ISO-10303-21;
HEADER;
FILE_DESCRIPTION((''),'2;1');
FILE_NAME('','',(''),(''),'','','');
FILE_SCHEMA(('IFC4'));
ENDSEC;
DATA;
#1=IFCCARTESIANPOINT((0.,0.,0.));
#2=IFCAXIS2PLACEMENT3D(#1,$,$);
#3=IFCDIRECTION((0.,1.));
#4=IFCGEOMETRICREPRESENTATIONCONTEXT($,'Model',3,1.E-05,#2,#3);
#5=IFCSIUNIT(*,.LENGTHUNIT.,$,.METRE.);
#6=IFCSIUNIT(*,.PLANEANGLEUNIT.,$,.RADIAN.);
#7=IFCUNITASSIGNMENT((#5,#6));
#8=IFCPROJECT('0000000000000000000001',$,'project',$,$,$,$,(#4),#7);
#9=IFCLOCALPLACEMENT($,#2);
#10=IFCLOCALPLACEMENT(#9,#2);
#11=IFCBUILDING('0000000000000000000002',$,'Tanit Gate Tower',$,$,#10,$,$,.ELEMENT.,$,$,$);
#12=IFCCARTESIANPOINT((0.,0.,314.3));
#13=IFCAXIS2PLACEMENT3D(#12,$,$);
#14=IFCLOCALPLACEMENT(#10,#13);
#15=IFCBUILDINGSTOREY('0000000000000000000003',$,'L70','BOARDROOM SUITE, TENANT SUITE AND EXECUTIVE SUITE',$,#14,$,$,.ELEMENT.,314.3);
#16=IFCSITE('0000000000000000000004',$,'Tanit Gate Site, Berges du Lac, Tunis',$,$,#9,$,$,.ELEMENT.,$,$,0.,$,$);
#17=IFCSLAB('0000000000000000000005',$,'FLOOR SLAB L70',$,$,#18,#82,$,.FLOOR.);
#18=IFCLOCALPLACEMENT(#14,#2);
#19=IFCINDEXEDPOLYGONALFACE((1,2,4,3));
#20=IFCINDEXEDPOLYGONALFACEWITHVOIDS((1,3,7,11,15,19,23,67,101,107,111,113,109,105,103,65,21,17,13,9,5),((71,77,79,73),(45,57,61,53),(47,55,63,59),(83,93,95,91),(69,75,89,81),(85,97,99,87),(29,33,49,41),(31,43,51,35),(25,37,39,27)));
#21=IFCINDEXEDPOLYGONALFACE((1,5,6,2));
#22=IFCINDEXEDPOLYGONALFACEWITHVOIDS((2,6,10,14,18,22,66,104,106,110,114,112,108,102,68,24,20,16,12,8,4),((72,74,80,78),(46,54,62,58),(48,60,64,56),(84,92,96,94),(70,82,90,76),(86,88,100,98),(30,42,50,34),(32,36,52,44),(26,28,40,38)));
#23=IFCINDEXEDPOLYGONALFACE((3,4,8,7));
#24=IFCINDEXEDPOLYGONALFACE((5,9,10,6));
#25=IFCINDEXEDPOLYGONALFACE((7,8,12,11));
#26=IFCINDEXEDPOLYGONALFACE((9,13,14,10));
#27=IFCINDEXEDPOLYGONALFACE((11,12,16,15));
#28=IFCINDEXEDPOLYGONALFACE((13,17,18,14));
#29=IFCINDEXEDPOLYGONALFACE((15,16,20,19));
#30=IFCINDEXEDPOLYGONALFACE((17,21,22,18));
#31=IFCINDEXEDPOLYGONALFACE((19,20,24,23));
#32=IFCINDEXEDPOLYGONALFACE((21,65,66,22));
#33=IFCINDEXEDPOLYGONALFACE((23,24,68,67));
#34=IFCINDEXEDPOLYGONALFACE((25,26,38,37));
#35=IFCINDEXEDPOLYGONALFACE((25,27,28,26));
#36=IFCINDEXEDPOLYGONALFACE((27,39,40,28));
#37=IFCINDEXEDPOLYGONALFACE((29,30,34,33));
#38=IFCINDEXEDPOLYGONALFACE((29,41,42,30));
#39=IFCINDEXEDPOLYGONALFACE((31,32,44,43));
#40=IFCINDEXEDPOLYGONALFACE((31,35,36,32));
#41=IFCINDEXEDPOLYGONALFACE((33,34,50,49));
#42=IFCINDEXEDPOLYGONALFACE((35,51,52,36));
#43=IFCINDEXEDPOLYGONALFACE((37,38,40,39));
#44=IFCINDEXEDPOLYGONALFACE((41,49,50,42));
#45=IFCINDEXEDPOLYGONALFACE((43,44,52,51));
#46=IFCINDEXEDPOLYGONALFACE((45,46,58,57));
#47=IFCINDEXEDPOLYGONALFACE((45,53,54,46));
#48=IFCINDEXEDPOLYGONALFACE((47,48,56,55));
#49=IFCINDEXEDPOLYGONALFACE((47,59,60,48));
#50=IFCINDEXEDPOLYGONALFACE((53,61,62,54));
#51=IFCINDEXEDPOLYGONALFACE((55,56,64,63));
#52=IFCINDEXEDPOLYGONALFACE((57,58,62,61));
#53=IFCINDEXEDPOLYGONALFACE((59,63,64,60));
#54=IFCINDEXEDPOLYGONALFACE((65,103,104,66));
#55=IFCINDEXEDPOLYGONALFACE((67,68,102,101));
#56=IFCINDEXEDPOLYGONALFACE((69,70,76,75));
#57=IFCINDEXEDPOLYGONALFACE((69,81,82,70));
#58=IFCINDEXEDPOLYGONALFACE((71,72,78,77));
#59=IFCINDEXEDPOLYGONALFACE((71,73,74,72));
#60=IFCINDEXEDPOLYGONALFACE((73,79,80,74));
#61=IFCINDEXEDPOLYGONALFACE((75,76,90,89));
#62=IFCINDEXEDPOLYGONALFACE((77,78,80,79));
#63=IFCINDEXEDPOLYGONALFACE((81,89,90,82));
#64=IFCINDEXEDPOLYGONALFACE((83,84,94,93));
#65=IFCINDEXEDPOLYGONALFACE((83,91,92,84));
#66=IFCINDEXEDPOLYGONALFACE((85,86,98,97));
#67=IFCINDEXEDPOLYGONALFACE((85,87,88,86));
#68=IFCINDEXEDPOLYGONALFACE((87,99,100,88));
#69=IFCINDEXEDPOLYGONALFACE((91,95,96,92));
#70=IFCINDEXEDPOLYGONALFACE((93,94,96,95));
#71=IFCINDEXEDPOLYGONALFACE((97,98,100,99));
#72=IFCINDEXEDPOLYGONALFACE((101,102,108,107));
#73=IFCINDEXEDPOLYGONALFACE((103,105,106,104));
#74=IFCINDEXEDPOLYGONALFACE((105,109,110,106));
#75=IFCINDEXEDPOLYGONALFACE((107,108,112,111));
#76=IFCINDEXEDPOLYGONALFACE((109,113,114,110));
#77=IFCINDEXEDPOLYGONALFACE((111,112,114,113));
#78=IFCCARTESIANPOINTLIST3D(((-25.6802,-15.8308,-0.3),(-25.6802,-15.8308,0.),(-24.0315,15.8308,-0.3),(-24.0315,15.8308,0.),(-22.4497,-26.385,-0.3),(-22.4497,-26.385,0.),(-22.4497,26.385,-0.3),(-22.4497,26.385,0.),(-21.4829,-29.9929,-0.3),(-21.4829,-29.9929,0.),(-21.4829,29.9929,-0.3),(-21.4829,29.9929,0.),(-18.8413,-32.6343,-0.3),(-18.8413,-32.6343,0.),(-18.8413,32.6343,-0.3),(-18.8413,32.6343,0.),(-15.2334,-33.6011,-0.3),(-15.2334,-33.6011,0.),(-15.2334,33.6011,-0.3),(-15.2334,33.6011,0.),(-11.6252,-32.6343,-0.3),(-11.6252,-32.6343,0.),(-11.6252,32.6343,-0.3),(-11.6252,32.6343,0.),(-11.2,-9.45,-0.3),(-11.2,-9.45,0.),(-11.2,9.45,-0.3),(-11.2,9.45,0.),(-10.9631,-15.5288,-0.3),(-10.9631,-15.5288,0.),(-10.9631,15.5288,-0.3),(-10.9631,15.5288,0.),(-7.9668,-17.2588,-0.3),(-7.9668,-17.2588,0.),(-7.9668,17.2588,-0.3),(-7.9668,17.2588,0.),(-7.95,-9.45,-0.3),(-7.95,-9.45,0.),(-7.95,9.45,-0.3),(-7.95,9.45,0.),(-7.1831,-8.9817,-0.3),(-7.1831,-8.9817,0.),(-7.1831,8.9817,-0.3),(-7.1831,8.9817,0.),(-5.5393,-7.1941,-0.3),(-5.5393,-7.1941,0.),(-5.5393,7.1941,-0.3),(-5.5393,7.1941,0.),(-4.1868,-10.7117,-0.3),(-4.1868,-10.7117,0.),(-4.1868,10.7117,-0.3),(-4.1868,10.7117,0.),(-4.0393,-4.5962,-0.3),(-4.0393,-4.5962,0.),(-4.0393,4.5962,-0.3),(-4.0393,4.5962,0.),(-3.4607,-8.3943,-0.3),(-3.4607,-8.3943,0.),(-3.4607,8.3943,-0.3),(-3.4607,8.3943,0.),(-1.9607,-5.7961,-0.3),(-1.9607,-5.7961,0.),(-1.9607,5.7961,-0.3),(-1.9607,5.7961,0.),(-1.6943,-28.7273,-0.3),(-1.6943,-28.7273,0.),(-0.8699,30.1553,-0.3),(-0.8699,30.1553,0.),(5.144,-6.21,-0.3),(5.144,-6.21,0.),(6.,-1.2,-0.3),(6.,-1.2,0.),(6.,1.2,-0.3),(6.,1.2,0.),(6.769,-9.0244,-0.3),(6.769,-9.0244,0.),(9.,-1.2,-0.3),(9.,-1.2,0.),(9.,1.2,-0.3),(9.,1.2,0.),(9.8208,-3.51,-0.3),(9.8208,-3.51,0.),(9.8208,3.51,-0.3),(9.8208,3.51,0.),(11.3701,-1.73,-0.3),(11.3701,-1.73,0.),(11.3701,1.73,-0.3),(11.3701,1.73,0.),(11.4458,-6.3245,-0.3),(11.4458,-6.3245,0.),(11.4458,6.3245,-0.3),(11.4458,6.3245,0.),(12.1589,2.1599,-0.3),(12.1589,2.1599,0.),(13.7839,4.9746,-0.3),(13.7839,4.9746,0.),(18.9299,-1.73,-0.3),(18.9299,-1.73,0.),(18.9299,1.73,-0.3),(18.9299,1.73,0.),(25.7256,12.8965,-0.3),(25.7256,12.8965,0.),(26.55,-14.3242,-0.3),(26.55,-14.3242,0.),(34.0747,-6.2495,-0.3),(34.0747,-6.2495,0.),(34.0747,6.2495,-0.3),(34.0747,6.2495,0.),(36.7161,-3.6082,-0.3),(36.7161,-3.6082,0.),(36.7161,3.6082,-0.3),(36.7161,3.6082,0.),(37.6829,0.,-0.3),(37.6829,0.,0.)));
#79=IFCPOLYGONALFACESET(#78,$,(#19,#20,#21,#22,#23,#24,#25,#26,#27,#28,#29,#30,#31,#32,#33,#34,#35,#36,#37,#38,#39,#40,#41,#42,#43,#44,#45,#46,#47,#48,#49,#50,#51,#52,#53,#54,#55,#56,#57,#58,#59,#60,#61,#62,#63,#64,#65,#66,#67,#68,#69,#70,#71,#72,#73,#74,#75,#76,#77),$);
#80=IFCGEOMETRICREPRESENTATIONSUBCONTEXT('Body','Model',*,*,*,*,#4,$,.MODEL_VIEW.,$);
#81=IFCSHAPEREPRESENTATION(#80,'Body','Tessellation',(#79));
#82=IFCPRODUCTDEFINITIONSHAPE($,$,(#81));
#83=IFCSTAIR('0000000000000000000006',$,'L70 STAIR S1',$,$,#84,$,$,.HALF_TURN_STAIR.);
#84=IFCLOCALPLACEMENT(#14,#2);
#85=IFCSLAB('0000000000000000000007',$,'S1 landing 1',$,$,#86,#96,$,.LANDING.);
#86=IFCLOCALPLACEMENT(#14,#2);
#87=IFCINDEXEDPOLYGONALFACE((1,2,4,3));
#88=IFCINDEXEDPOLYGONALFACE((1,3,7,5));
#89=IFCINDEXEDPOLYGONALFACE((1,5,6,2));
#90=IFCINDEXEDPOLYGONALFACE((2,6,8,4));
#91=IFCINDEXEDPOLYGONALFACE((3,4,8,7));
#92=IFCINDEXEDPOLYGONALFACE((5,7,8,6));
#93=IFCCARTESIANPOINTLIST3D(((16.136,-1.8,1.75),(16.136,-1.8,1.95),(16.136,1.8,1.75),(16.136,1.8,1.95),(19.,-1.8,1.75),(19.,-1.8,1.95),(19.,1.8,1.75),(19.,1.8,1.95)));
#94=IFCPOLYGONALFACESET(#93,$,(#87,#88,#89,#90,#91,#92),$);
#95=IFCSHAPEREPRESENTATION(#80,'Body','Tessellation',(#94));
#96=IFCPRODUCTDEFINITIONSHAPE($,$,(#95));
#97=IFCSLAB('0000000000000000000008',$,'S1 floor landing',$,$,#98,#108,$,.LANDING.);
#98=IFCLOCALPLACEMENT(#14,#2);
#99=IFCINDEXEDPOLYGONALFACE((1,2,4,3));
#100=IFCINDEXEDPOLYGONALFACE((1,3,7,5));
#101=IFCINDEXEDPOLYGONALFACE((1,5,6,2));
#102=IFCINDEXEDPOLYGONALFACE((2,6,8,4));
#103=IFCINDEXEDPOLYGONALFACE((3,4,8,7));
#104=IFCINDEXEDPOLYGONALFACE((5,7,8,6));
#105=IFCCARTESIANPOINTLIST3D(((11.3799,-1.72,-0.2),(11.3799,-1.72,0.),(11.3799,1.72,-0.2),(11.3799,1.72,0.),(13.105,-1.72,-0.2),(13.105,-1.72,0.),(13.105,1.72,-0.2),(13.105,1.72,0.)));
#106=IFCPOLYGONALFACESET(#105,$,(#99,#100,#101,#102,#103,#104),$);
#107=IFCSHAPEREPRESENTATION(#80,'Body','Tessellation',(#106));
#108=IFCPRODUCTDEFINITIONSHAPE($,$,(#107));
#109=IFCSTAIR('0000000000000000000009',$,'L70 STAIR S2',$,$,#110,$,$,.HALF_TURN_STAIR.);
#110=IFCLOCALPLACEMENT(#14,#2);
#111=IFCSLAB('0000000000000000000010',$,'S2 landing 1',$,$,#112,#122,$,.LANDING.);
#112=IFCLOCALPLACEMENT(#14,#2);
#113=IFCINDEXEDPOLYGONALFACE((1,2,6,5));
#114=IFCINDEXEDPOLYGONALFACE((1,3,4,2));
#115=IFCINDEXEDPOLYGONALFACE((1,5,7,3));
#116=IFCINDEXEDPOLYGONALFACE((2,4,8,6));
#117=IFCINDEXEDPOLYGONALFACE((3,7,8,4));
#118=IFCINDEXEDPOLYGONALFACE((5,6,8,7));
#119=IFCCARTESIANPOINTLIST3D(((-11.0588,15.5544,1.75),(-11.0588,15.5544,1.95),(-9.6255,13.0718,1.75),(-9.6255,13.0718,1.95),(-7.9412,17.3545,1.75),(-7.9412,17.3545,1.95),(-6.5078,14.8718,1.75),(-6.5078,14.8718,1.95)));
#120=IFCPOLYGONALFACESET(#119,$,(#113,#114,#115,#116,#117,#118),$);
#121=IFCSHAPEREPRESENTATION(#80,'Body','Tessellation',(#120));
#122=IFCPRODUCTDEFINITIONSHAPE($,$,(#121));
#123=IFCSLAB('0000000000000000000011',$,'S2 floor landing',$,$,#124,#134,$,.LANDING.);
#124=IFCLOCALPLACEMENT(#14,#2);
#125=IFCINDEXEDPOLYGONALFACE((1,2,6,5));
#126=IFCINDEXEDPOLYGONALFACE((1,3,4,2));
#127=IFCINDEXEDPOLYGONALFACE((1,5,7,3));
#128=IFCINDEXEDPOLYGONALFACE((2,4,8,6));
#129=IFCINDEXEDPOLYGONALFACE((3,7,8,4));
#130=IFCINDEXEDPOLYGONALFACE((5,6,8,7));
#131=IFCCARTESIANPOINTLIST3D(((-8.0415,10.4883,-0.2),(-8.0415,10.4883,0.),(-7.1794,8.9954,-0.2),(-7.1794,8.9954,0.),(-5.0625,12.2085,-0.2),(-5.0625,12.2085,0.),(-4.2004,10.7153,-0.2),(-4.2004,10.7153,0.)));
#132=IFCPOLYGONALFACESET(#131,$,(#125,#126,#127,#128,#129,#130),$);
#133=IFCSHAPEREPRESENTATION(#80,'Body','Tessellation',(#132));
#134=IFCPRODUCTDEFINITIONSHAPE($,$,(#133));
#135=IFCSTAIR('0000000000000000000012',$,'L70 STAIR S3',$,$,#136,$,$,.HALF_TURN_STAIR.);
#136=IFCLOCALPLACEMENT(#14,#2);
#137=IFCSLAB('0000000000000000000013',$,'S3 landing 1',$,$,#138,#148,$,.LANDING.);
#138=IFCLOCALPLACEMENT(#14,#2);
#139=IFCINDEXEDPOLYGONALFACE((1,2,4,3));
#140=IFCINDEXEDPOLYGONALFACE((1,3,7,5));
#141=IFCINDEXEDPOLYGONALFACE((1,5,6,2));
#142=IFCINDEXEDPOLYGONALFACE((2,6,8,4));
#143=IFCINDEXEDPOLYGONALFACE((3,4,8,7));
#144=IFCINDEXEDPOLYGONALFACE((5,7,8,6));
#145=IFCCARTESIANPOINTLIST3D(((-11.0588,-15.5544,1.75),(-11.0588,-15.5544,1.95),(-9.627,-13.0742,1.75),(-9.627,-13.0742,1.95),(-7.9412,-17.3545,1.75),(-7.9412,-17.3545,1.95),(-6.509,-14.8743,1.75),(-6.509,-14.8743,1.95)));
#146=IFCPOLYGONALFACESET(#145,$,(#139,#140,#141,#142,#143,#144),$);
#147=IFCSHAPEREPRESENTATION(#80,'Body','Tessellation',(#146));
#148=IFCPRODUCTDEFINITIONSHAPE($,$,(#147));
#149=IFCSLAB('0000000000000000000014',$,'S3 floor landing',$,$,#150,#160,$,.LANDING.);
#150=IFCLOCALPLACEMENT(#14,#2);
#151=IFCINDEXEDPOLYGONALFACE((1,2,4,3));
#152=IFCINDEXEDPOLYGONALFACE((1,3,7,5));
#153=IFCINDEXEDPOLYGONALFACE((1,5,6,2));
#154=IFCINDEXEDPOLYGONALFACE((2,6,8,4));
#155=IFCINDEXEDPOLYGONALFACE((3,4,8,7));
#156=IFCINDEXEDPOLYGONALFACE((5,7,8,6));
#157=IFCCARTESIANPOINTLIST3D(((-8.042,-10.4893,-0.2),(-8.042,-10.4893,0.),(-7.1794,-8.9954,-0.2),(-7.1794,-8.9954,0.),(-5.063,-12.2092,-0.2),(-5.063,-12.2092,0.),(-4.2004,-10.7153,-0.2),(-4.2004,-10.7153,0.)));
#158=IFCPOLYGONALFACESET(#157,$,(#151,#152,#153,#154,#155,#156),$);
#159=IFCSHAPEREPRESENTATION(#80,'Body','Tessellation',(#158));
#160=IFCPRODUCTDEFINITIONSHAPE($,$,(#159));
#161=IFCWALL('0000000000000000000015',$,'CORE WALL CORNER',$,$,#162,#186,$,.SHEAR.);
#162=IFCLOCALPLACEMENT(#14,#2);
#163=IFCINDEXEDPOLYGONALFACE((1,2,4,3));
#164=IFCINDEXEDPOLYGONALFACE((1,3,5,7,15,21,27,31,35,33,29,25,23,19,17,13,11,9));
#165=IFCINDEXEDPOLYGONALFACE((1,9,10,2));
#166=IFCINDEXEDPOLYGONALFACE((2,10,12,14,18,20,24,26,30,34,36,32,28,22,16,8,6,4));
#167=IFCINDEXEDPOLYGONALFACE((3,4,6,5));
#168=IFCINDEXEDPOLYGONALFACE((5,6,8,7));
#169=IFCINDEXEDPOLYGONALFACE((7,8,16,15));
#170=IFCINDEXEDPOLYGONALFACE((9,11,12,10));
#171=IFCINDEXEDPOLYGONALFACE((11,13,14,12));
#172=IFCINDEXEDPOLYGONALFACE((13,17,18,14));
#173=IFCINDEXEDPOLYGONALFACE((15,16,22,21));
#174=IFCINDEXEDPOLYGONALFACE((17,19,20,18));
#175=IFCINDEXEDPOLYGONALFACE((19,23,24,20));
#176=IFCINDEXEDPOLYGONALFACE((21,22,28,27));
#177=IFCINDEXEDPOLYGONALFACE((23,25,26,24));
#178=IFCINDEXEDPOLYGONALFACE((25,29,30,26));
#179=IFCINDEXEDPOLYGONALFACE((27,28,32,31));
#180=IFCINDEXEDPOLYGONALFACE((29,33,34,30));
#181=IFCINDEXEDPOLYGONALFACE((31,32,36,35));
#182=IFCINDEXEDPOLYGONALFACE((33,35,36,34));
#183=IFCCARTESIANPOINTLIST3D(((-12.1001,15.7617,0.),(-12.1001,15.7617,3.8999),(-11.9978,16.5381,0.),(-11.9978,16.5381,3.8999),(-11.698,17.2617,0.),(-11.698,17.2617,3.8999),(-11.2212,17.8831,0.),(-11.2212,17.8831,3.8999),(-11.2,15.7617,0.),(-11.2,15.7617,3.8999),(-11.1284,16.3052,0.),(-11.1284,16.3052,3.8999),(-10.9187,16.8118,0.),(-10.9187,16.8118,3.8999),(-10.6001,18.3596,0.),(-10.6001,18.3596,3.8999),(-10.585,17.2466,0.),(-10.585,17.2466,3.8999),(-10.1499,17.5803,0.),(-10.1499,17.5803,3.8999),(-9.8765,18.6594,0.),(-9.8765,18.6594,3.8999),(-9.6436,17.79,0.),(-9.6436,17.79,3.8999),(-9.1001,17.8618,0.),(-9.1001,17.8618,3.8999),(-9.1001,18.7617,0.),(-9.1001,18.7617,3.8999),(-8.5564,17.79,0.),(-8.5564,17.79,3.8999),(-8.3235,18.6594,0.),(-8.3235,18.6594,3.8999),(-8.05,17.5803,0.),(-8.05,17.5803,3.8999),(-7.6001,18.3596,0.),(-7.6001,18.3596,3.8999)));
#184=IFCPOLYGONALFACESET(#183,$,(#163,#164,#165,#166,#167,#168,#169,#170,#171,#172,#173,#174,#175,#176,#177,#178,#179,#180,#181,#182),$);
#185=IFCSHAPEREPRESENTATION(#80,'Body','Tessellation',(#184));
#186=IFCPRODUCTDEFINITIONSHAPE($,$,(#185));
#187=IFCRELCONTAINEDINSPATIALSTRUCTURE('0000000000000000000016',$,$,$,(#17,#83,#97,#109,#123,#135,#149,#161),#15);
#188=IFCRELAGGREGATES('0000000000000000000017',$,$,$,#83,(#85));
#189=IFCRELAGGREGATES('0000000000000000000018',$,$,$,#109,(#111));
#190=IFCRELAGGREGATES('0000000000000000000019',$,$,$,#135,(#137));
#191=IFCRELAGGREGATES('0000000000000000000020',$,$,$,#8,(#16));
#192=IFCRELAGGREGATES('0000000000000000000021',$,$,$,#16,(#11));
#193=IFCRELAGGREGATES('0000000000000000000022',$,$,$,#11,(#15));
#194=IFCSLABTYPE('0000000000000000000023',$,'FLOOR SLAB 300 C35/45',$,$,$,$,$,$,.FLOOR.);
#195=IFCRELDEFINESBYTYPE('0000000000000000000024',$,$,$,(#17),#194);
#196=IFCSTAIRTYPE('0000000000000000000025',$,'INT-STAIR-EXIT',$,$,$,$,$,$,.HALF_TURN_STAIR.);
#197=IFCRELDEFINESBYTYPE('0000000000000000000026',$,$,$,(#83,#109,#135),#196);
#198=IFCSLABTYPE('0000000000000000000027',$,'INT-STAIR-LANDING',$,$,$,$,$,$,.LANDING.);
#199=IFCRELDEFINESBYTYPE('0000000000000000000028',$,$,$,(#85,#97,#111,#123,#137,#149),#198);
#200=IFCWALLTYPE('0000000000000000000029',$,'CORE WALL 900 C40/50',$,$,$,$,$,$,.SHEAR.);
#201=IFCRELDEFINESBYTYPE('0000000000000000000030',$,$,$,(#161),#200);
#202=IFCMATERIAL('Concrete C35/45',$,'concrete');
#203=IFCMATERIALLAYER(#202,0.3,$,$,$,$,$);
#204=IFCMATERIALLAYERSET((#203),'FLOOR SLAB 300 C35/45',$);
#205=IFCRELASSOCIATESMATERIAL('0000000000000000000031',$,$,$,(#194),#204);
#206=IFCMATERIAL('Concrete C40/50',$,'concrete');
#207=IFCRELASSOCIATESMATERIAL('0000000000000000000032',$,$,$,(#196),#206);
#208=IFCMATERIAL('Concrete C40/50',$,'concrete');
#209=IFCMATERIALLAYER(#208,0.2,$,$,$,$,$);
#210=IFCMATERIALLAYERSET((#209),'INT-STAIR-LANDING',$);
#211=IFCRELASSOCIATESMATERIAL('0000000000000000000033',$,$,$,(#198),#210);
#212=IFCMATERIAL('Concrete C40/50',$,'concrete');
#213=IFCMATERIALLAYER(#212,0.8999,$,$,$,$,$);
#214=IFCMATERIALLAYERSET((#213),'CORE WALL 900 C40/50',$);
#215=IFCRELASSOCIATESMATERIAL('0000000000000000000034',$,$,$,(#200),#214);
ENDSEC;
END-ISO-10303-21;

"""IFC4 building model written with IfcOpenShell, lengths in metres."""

from ifc_helpers import new_model, si_unit, direction, frame, origin, place, context, subcontext, project, spatial, polyline, outline, extrude, material, layer, layer_set, type_object, element, aggregate, save


model = new_model("IFC4")

# Units and contexts
model_context = context("Model", 3, precision=1e-05, world=origin(), true_north=direction((0.0, 1.0)))
body_context = subcontext(model_context, "Body", "Model", "MODEL_VIEW")
ifc_project = project(units=[si_unit("LENGTHUNIT", "METRE"), si_unit("PLANEANGLEUNIT", "RADIAN")], contexts=[model_context])

# Site, building, storey
site_placement = place(None, origin())
site = spatial("IfcSite", under=ifc_project, at=site_placement, Name="Tanit Gate Site, Berges du Lac, Tunis", CompositionType="ELEMENT", RefElevation=0.0)
building_placement = place(site_placement, origin())
building = spatial("IfcBuilding", under=site, at=building_placement, Name="Tanit Gate Tower", CompositionType="ELEMENT")
storey_placement = place(building_placement, frame((0.0, 0.0, 314.3)))
storey = spatial("IfcBuildingStorey", under=building, at=storey_placement, Name="L70", Description="BOARDROOM SUITE, TENANT SUITE AND EXECUTIVE SUITE", CompositionType="ELEMENT", Elevation=314.3)

# Slab
ifc_material_1 = material(Name="Concrete C35/45", Category="concrete")
ifc_layer_1 = layer(ifc_material_1, 0.3)
ifc_layer_set_1 = layer_set([ifc_layer_1], Name="FLOOR SLAB 300 C35/45")
slab_type_1 = type_object("IfcSlabType", Name="FLOOR SLAB 300 C35/45", PredefinedType="FLOOR", material=ifc_layer_set_1)
slab_1_placement = place(storey_placement, frame((0.0, 0.0, -0.3)))
element("IfcSlab", 1, at=slab_1_placement, inside=storey, type_object=slab_type_1, Name="FLOOR SLAB L70", PredefinedType="FLOOR", context=body_context, shape_type="SweptSolid", body=[
    extrude(outline(polyline([(34.0747, 6.2495), (36.7161, 3.6082), (37.6829, 0.0), (36.7161, -3.6082), (34.0747, -6.2495), (26.55, -14.3242), (-1.6943, -28.7273), (-11.6252, -32.6343), (-15.2334, -33.6011), (-18.8413, -32.6343), (-21.4829, -29.9929), (-22.4497, -26.385), (-25.6802, -15.8308), (-24.0315, 15.8308), (-22.4497, 26.385), (-21.4829, 29.9929), (-18.8413, 32.6343), (-15.2334, 33.6011), (-11.6252, 32.6343), (-0.8699, 30.1553), (25.7256, 12.8965), (34.0747, 6.2495)]), holes=[polyline([(11.3701, 1.73), (18.9299, 1.73), (18.9299, -1.73), (11.3701, -1.73), (11.3701, 1.73)]), polyline([(12.1589, 2.1599), (9.8208, 3.51), (11.4458, 6.3245), (13.7839, 4.9746), (12.1589, 2.1599)]), polyline([(11.4458, -6.3245), (6.769, -9.0244), (5.144, -6.21), (9.8208, -3.51), (11.4458, -6.3245)]), polyline([(6.0, 1.2), (9.0, 1.2), (9.0, -1.2), (6.0, -1.2), (6.0, 1.2)]), polyline([(-4.0393, 4.5962), (-5.5393, 7.1941), (-3.4607, 8.3943), (-1.9607, 5.7961), (-4.0393, 4.5962)]), polyline([(-1.9607, -5.7961), (-3.4607, -8.3943), (-5.5393, -7.1941), (-4.0393, -4.5962), (-1.9607, -5.7961)]), polyline([(-7.1831, 8.9817), (-10.9631, 15.5288), (-7.9668, 17.2588), (-4.1868, 10.7117), (-7.1831, 8.9817)]), polyline([(-4.1868, -10.7117), (-7.9668, -17.2588), (-10.9631, -15.5288), (-7.1831, -8.9817), (-4.1868, -10.7117)]), polyline([(-11.2, -9.45), (-11.2, 9.45), (-7.95, 9.45), (-7.95, -9.45), (-11.2, -9.45)])]), origin(), (0.0, 0.0, 1.0), 0.3),
])

# Stair, slab
ifc_material_2 = material(Name="Concrete C40/50", Category="concrete")
stair_type = type_object("IfcStairType", Name="INT-STAIR-EXIT", PredefinedType="HALF_TURN_STAIR", material=ifc_material_2)
stair_1_placement = place(storey_placement, origin())
stair_1 = element("IfcStair", 2, at=stair_1_placement, inside=storey, type_object=stair_type, Name="L70 STAIR S1", PredefinedType="HALF_TURN_STAIR")
ifc_material_3 = material(Name="Concrete C40/50", Category="concrete")
ifc_layer_2 = layer(ifc_material_3, 0.2)
ifc_layer_set_2 = layer_set([ifc_layer_2], Name="INT-STAIR-LANDING")
slab_type_2 = type_object("IfcSlabType", Name="INT-STAIR-LANDING", PredefinedType="LANDING", material=ifc_layer_set_2)
slab_2_placement = place(storey_placement, frame((0.0, 0.0, 1.75)))
slab_2 = element("IfcSlab", 3, at=slab_2_placement, type_object=slab_type_2, Name="S1 landing 1", PredefinedType="LANDING", context=body_context, shape_type="SweptSolid", body=[
    extrude(outline(polyline([(16.136, -1.8), (19.0, -1.8), (19.0, 1.8), (16.136, 1.8), (16.136, -1.8)])), origin(), (0.0, 0.0, 1.0), 0.2),
])
aggregate(stair_1, [slab_2])

# Slab
slab_3_placement = place(storey_placement, frame((0.0, 0.0, -0.2)))
element("IfcSlab", 4, at=slab_3_placement, inside=storey, type_object=slab_type_2, Name="S1 floor landing", PredefinedType="LANDING", context=body_context, shape_type="SweptSolid", body=[
    extrude(outline(polyline([(11.3799, -1.72), (13.105, -1.72), (13.105, 1.72), (11.3799, 1.72), (11.3799, -1.72)])), origin(), (0.0, 0.0, 1.0), 0.2),
])

# Stair, slab
stair_2_placement = place(storey_placement, origin())
stair_2 = element("IfcStair", 5, at=stair_2_placement, inside=storey, type_object=stair_type, Name="L70 STAIR S2", PredefinedType="HALF_TURN_STAIR")
slab_4_placement = place(storey_placement, frame((0.0, 0.0, 1.75)))
slab_4 = element("IfcSlab", 6, at=slab_4_placement, type_object=slab_type_2, Name="S2 landing 1", PredefinedType="LANDING", context=body_context, shape_type="SweptSolid", body=[
    extrude(outline(polyline([(-6.5078, 14.8718), (-7.9412, 17.3545), (-11.0588, 15.5544), (-9.6255, 13.0718), (-6.5078, 14.8718)])), origin(), (0.0, 0.0, 1.0), 0.2),
])
aggregate(stair_2, [slab_4])

# Slab
slab_5_placement = place(storey_placement, frame((0.0, 0.0, -0.2)))
element("IfcSlab", 7, at=slab_5_placement, inside=storey, type_object=slab_type_2, Name="S2 floor landing", PredefinedType="LANDING", context=body_context, shape_type="SweptSolid", body=[
    extrude(outline(polyline([(-4.2004, 10.7153), (-5.0625, 12.2085), (-8.0415, 10.4883), (-7.1794, 8.9954), (-4.2004, 10.7153)])), origin(), (0.0, 0.0, 1.0), 0.2),
])

# Stair, slab
stair_3_placement = place(storey_placement, origin())
stair_3 = element("IfcStair", 8, at=stair_3_placement, inside=storey, type_object=stair_type, Name="L70 STAIR S3", PredefinedType="HALF_TURN_STAIR")
slab_6_placement = place(storey_placement, frame((0.0, 0.0, 1.75)))
slab_6 = element("IfcSlab", 9, at=slab_6_placement, type_object=slab_type_2, Name="S3 landing 1", PredefinedType="LANDING", context=body_context, shape_type="SweptSolid", body=[
    extrude(outline(polyline([(-9.627, -13.0742), (-11.0588, -15.5544), (-7.9412, -17.3545), (-6.509, -14.8743), (-9.627, -13.0742)])), origin(), (0.0, 0.0, 1.0), 0.2),
])
aggregate(stair_3, [slab_6])

# Slab
slab_7_placement = place(storey_placement, frame((0.0, 0.0, -0.2)))
element("IfcSlab", 10, at=slab_7_placement, inside=storey, type_object=slab_type_2, Name="S3 floor landing", PredefinedType="LANDING", context=body_context, shape_type="SweptSolid", body=[
    extrude(outline(polyline([(-7.1794, -8.9954), (-8.042, -10.4893), (-5.063, -12.2092), (-4.2004, -10.7153), (-7.1794, -8.9954)])), origin(), (0.0, 0.0, 1.0), 0.2),
])

# Wall
ifc_material_4 = material(Name="Concrete C40/50", Category="concrete")
ifc_layer_3 = layer(ifc_material_4, 0.8999)
ifc_layer_set_3 = layer_set([ifc_layer_3], Name="CORE WALL 900 C40/50")
wall_type_1 = type_object("IfcWallType", Name="CORE WALL 900 C40/50", PredefinedType="SHEAR", material=ifc_layer_set_3)
wall_1_placement = place(storey_placement, origin())
element("IfcWall", 11, at=wall_1_placement, inside=storey, type_object=wall_type_1, Name="CORE WALL CORNER", PredefinedType="SHEAR", context=body_context, shape_type="SweptSolid", body=[
    extrude(outline(polyline([(-7.6001, 18.3596), (-8.3235, 18.6594), (-9.1001, 18.7617), (-9.8765, 18.6594), (-10.6001, 18.3596), (-11.2212, 17.8831), (-11.698, 17.2617), (-11.9978, 16.5381), (-12.1001, 15.7617), (-11.2, 15.7617), (-11.1284, 16.3052), (-10.9187, 16.8118), (-10.585, 17.2466), (-10.1499, 17.5803), (-9.6436, 17.79), (-9.1001, 17.8618), (-8.5564, 17.79), (-8.05, 17.5803), (-7.6001, 18.3596)])), origin(), (0.0, 0.0, 1.0), 3.8999),
])

save(model, "model.ifc")
